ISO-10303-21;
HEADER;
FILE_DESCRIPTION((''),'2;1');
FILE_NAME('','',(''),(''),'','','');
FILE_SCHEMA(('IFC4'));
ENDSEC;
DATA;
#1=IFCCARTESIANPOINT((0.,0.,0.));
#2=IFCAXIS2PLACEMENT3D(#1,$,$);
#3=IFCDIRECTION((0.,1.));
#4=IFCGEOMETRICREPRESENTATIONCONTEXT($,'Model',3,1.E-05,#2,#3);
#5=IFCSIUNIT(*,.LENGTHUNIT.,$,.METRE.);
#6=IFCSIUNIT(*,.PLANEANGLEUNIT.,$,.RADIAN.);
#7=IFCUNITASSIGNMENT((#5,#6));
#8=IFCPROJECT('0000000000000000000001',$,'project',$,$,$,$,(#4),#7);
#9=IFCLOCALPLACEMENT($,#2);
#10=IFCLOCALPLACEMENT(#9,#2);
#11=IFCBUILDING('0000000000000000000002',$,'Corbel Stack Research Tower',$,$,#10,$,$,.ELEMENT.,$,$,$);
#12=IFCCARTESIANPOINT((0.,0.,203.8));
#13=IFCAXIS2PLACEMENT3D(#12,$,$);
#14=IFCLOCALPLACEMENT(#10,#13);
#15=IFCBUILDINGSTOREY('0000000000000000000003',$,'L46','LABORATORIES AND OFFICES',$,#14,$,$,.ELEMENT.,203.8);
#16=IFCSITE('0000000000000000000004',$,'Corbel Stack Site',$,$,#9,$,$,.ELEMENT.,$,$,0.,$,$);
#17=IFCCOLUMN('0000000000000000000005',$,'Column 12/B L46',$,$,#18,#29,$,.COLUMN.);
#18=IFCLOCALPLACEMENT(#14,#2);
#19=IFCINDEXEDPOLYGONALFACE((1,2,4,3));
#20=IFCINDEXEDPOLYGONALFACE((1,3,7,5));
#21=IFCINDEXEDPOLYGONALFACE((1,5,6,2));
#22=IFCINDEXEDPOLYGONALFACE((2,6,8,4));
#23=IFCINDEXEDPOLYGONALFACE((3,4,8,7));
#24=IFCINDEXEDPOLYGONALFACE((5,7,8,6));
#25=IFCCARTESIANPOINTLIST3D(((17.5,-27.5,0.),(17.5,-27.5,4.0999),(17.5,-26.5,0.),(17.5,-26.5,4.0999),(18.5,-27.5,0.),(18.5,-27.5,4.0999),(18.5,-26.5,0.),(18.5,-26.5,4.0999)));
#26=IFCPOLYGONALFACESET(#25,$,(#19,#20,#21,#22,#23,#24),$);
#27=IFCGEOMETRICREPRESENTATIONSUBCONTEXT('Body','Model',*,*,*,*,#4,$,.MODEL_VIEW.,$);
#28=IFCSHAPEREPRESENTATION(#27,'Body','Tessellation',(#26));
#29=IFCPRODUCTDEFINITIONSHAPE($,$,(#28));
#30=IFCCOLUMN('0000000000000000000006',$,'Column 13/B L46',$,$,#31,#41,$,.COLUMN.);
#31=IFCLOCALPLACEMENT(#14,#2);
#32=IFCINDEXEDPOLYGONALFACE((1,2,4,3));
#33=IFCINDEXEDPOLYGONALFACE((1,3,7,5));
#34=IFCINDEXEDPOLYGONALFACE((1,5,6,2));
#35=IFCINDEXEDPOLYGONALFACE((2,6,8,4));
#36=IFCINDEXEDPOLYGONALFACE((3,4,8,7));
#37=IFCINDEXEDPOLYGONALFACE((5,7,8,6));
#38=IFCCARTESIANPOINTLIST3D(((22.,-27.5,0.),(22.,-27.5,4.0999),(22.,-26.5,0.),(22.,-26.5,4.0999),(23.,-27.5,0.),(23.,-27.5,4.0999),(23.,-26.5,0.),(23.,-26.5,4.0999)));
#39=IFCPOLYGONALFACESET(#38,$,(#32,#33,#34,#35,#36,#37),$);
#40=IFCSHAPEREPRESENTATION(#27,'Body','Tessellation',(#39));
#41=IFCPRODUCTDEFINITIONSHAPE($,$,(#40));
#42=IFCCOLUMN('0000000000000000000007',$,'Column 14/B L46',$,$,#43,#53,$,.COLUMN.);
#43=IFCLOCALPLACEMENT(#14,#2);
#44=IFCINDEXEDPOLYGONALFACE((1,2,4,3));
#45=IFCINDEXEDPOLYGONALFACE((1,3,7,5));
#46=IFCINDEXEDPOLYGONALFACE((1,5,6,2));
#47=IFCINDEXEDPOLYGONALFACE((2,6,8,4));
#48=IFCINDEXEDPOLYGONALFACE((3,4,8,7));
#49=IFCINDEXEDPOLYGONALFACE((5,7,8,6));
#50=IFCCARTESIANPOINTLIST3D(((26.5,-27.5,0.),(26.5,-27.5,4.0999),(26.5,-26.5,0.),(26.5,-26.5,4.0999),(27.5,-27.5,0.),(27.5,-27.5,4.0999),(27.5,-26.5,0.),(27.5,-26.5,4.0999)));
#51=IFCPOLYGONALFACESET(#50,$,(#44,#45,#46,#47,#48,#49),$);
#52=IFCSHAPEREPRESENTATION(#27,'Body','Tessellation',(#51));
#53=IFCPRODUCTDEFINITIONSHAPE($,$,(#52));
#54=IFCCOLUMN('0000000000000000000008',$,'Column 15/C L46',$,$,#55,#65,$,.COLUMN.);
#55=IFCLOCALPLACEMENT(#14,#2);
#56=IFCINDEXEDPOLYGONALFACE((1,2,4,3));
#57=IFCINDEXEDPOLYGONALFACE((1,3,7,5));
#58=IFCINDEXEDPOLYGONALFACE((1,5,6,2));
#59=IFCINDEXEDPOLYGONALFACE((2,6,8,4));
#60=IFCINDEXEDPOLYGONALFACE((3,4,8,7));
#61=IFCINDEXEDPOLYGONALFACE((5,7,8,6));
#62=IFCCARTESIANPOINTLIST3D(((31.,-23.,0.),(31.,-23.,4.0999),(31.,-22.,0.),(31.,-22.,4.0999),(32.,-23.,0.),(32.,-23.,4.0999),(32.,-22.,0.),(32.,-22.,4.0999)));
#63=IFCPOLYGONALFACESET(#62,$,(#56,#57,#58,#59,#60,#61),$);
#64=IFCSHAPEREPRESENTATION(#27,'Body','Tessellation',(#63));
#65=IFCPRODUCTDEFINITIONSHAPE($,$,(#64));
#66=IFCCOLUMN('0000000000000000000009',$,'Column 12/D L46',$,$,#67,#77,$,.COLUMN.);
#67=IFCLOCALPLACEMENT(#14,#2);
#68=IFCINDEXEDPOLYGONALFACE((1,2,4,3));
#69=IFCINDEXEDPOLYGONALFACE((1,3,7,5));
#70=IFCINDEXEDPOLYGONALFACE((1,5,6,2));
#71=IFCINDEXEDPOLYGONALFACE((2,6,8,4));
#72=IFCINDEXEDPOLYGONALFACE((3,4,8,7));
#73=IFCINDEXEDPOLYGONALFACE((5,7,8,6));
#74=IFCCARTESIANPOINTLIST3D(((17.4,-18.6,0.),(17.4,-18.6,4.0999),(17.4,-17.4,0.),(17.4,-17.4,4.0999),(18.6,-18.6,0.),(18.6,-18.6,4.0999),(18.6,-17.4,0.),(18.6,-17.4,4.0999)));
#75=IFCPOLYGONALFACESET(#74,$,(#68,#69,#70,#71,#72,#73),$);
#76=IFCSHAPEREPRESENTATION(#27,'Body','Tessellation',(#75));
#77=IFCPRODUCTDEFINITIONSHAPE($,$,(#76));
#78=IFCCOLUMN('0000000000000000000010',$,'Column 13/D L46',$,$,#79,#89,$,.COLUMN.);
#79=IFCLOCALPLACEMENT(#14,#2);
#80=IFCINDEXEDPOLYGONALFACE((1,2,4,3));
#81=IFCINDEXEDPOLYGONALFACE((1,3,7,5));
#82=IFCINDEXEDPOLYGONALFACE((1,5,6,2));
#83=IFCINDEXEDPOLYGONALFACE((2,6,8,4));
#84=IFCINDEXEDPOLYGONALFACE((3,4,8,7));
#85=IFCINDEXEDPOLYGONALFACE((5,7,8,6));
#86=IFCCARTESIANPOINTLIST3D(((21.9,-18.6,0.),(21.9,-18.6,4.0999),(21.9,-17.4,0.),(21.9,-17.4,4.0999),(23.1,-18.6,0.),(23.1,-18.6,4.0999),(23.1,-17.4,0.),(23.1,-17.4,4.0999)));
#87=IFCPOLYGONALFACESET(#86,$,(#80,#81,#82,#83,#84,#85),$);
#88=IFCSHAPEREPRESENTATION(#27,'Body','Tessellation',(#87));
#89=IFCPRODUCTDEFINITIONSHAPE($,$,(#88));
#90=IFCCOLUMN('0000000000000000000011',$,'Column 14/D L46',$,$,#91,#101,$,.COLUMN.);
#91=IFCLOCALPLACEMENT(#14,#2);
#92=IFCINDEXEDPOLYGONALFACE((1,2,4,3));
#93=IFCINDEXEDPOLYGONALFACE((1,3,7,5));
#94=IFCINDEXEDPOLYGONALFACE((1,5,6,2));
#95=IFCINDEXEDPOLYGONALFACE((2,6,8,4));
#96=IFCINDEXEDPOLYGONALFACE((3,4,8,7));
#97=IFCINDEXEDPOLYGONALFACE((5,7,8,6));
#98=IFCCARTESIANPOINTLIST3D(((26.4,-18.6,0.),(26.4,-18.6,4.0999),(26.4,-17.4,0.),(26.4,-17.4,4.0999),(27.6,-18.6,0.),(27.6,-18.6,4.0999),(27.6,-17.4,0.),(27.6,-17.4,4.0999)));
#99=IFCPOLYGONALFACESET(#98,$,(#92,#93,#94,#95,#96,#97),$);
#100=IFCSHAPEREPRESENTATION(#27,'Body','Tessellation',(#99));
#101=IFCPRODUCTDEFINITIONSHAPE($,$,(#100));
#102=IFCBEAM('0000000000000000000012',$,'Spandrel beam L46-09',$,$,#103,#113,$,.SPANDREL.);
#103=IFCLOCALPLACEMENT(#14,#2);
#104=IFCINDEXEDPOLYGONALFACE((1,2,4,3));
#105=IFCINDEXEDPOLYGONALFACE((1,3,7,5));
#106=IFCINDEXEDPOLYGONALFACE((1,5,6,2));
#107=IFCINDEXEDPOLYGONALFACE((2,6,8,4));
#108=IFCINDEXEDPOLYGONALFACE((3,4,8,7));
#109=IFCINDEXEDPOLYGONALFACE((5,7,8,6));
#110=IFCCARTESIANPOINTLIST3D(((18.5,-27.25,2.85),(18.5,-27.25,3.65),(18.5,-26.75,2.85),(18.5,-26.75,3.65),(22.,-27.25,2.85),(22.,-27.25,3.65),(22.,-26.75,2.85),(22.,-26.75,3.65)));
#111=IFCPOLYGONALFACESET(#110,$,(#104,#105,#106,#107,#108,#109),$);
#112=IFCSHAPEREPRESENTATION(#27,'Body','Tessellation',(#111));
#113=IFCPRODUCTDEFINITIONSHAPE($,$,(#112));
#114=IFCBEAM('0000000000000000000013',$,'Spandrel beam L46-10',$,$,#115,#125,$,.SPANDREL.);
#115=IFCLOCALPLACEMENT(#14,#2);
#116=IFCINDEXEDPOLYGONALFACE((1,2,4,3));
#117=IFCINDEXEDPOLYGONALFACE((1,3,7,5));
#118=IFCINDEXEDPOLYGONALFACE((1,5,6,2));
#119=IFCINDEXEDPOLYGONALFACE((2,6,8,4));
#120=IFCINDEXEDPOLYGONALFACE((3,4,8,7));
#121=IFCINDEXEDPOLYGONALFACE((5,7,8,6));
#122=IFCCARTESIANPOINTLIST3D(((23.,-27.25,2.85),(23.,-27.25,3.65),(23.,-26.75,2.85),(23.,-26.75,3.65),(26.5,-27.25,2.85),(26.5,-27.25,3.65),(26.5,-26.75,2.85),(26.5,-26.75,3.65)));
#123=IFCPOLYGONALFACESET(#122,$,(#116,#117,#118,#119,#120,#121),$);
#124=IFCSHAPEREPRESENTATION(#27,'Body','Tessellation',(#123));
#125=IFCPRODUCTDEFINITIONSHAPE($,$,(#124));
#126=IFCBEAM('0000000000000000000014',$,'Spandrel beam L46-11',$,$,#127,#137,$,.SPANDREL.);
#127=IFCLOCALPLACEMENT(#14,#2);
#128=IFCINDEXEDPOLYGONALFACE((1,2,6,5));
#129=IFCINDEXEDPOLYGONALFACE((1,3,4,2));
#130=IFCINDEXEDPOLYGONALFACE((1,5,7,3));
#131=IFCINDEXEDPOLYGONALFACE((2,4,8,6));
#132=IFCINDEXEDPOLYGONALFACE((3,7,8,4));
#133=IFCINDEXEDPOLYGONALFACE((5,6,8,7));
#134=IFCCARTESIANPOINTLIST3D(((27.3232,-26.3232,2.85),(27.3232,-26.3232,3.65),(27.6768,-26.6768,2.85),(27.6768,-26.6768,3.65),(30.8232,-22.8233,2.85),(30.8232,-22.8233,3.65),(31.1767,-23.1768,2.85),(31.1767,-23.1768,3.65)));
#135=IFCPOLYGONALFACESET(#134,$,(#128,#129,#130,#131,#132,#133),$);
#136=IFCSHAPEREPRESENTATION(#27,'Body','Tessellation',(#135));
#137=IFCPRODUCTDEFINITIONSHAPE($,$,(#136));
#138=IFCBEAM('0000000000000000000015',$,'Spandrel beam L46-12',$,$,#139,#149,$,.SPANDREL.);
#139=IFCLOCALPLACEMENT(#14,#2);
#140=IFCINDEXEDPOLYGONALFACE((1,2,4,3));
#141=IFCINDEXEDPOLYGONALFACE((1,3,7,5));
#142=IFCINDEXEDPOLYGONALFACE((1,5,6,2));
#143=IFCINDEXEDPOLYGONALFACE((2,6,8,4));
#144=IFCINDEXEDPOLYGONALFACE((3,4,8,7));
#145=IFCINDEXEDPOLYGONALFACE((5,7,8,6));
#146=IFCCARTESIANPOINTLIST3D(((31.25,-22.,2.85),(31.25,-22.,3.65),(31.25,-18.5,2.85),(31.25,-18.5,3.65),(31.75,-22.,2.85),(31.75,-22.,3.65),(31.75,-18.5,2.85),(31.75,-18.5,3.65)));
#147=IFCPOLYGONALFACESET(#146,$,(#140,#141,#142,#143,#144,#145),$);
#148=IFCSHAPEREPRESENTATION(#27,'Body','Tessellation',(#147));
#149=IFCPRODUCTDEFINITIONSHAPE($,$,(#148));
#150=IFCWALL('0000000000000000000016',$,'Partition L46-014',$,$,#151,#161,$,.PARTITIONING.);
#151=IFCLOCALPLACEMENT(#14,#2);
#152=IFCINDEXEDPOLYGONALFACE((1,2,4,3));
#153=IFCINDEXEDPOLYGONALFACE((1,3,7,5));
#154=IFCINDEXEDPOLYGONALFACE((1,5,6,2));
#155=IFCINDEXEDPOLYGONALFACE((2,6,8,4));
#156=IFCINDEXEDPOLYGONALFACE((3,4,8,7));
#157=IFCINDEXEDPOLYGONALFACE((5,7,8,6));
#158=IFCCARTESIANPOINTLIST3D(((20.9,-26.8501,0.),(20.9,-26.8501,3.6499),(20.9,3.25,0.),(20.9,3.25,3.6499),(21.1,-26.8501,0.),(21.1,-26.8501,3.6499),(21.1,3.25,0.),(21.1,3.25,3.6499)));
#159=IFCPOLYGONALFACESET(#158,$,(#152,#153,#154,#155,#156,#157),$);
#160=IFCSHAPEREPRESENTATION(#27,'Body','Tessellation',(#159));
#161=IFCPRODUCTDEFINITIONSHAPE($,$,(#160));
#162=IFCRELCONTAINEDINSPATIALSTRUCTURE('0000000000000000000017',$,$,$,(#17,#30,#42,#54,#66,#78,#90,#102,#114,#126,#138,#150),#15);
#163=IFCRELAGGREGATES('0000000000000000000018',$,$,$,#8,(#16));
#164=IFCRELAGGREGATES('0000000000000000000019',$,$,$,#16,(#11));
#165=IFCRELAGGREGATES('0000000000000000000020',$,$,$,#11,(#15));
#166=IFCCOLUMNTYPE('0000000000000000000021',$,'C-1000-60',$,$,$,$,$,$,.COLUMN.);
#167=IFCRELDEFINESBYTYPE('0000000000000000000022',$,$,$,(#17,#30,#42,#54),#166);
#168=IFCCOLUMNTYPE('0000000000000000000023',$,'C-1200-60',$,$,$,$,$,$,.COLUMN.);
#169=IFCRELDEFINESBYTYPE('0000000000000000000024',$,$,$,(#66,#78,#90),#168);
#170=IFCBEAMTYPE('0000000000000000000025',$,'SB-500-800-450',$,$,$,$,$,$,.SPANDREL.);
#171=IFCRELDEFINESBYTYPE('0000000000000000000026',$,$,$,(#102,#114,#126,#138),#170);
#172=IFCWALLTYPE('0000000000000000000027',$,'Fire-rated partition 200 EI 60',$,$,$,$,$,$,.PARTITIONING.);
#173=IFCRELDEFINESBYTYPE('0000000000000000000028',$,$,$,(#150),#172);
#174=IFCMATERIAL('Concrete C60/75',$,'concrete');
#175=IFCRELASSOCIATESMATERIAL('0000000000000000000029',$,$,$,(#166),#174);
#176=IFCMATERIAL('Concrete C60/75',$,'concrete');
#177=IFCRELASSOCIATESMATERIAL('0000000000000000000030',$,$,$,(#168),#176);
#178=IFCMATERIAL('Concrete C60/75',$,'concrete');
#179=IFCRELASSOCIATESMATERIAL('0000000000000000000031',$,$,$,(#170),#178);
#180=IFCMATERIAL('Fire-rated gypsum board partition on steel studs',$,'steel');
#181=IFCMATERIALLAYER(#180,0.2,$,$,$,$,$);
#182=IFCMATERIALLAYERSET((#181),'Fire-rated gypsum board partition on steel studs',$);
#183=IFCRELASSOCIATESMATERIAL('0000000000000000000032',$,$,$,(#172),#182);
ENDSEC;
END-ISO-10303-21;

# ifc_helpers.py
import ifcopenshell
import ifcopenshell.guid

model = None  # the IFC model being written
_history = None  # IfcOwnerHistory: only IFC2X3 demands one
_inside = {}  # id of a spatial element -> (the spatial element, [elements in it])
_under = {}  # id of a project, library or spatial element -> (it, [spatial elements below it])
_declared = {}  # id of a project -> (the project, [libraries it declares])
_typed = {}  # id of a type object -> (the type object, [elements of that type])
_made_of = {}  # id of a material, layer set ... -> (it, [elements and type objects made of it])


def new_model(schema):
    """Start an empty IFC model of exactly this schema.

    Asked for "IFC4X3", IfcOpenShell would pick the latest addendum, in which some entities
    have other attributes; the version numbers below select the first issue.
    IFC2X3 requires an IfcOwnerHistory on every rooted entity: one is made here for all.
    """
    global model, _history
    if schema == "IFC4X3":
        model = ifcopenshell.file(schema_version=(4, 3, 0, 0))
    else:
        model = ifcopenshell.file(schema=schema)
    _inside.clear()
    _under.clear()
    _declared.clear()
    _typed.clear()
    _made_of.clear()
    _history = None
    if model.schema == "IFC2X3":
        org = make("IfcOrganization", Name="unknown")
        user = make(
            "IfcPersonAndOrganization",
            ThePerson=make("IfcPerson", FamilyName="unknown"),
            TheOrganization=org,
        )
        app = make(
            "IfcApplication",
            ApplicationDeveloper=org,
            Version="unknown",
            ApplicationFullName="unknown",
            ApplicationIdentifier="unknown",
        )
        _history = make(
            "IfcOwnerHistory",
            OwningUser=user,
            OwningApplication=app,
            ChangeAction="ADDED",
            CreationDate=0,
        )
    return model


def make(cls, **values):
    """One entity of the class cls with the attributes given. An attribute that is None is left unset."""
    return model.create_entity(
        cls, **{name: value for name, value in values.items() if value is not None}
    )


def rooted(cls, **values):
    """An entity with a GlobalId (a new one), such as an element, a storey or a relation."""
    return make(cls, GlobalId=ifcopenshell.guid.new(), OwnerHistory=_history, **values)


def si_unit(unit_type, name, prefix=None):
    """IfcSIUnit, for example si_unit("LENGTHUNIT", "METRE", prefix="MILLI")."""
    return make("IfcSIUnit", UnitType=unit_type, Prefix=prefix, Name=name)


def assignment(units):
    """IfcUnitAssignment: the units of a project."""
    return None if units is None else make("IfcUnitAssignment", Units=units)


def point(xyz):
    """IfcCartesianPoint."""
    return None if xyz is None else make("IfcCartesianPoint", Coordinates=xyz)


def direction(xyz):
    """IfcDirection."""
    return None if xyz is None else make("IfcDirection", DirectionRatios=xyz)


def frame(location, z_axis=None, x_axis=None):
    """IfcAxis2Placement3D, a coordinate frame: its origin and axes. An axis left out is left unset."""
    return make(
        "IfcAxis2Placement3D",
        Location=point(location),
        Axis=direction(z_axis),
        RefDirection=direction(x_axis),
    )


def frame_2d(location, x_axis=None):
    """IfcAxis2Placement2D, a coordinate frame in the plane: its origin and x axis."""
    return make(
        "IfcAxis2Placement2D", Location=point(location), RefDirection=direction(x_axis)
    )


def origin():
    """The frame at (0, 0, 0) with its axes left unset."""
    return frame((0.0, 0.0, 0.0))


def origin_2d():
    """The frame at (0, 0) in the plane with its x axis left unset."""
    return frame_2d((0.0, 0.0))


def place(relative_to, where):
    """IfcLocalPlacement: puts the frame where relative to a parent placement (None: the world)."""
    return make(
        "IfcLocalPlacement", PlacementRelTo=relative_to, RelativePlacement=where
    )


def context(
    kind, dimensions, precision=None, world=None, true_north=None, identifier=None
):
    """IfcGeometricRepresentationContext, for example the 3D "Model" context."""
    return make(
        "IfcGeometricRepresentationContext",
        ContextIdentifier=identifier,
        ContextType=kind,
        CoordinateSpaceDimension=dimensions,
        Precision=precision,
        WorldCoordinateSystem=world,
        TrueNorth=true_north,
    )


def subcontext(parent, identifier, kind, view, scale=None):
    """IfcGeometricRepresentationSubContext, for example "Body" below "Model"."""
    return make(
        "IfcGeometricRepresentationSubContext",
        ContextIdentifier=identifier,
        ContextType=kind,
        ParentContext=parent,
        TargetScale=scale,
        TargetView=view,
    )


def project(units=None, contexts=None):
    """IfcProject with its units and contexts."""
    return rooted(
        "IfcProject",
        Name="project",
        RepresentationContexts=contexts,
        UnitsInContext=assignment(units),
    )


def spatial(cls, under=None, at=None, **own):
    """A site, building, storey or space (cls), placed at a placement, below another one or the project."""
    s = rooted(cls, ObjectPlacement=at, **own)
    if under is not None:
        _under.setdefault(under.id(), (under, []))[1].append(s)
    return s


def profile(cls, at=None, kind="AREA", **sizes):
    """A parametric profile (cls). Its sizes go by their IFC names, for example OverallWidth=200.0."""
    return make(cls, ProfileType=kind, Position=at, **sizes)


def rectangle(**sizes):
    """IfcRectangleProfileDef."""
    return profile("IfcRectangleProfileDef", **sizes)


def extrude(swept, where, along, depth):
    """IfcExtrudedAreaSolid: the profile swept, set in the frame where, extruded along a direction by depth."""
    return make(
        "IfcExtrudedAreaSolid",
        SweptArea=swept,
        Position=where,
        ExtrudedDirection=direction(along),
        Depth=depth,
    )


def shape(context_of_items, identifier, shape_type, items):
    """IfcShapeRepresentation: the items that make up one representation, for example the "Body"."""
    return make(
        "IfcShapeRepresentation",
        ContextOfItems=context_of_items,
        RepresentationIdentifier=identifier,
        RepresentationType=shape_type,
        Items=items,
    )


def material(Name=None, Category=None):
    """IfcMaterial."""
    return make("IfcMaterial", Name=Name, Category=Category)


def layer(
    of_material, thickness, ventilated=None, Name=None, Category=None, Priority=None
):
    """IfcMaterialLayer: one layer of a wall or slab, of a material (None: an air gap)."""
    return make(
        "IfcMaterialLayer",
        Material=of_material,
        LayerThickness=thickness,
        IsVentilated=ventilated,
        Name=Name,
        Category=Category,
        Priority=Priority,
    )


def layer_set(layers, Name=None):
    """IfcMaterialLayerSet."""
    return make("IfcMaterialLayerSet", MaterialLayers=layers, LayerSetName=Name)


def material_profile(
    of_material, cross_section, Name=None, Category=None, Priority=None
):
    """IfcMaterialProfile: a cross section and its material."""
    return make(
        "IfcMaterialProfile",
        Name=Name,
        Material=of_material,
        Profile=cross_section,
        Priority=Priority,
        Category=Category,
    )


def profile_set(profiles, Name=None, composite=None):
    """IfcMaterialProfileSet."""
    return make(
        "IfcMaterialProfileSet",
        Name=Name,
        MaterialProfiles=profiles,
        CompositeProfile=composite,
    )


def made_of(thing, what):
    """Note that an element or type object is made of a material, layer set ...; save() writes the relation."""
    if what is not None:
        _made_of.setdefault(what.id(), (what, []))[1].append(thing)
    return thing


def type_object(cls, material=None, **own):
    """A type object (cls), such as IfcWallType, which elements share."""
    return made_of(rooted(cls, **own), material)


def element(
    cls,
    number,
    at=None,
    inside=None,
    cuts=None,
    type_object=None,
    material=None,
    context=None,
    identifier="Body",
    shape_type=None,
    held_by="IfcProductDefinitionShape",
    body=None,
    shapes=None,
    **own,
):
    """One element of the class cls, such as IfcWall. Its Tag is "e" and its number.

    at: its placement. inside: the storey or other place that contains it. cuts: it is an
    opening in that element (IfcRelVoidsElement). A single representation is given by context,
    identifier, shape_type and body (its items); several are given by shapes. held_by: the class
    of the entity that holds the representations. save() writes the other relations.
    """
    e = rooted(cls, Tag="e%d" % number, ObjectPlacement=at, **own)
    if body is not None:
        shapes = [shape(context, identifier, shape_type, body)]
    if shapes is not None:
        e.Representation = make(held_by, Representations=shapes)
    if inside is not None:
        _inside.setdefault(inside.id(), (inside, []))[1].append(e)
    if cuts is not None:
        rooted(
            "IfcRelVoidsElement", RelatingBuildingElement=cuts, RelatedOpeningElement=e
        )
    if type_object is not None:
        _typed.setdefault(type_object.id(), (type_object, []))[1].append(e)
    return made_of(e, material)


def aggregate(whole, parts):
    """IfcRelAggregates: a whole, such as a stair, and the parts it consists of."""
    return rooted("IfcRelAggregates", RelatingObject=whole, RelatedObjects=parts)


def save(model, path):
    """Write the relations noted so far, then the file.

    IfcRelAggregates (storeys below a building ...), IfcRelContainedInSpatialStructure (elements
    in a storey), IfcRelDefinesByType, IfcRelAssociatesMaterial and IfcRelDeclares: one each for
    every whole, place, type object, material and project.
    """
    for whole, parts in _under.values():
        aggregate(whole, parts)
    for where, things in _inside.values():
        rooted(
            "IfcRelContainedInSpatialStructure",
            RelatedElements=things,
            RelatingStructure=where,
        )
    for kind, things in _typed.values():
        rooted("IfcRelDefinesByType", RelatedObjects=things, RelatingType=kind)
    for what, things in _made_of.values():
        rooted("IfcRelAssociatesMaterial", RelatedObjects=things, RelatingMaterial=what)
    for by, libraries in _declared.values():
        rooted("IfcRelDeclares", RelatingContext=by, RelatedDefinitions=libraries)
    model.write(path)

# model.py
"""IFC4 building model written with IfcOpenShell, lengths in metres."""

from ifc_helpers import new_model, si_unit, direction, frame, frame_2d, origin, origin_2d, place, context, subcontext, project, spatial, rectangle, extrude, material, layer, layer_set, material_profile, profile_set, type_object, element, save


model = new_model("IFC4")

# Units and contexts
model_context = context("Model", 3, precision=1e-05, world=origin(), true_north=direction((0.0, 1.0)))
body_context = subcontext(model_context, "Body", "Model", "MODEL_VIEW")
ifc_project = project(units=[si_unit("LENGTHUNIT", "METRE"), si_unit("PLANEANGLEUNIT", "RADIAN")], contexts=[model_context])

# Site, building, storey
site_placement = place(None, origin())
site = spatial("IfcSite", under=ifc_project, at=site_placement, Name="Corbel Stack Site", CompositionType="ELEMENT", RefElevation=0.0)
building_placement = place(site_placement, origin())
building = spatial("IfcBuilding", under=site, at=building_placement, Name="Corbel Stack Research Tower", CompositionType="ELEMENT")
storey_placement = place(building_placement, frame((0.0, 0.0, 203.8)))
storey = spatial("IfcBuildingStorey", under=building, at=storey_placement, Name="L46", Description="LABORATORIES AND OFFICES", CompositionType="ELEMENT", Elevation=203.8)

# Columns
ifc_material_1 = material(Name="Concrete C60/75", Category="concrete")
ifc_material_profile_1 = material_profile(ifc_material_1, rectangle(XDim=1.0, YDim=1.0, at=origin_2d()), Name="RC 1000 x 1000")
ifc_profile_set_1 = profile_set([ifc_material_profile_1], Name="Concrete C60/75")
column_type_1 = type_object("IfcColumnType", Name="C-1000-60", PredefinedType="COLUMN", material=ifc_profile_set_1)
for number, where, z_axis, x_axis, name in (
    (1, (18.0, -27.0, 0.0), (0.0, 0.0, 1.0), (1.0, 0.0, 0.0), "Column 12/B L46"),
    (2, (22.5, -27.0, 0.0), (0.0, 0.0, 1.0), (1.0, 0.0, 0.0), "Column 13/B L46"),
    (3, (27.0, -27.0, 0.0), (0.0, 0.0, 1.0), (1.0, 0.0, 0.0), "Column 14/B L46"),
    (4, (31.5, -22.5, 0.0), (0.0, 0.0, 1.0), (1.0, 0.0, 0.0), "Column 15/C L46"),
):
    element("IfcColumn", number, at=place(storey_placement, frame(where, z_axis=z_axis, x_axis=x_axis)), inside=storey, type_object=column_type_1, Name=name, PredefinedType="COLUMN", context=body_context, shape_type="SweptSolid", body=[
        extrude(rectangle(XDim=1.0, YDim=1.0, at=origin_2d()), origin(), (0.0, 0.0, 1.0), 4.0999),
    ])
ifc_material_2 = material(Name="Concrete C60/75", Category="concrete")
ifc_material_profile_2 = material_profile(ifc_material_2, rectangle(XDim=1.2, YDim=1.2, at=origin_2d()), Name="RC 1200 x 1200")
ifc_profile_set_2 = profile_set([ifc_material_profile_2], Name="Concrete C60/75")
column_type_2 = type_object("IfcColumnType", Name="C-1200-60", PredefinedType="COLUMN", material=ifc_profile_set_2)
for number, where, z_axis, x_axis, name in (
    (5, (18.0, -18.0, 0.0), (0.0, 0.0, 1.0), (1.0, 0.0, 0.0), "Column 12/D L46"),
    (6, (22.5, -18.0, 0.0), (0.0, 0.0, 1.0), (1.0, 0.0, 0.0), "Column 13/D L46"),
    (7, (27.0, -18.0, 0.0), (0.0, 0.0, 1.0), (1.0, 0.0, 0.0), "Column 14/D L46"),
):
    element("IfcColumn", number, at=place(storey_placement, frame(where, z_axis=z_axis, x_axis=x_axis)), inside=storey, type_object=column_type_2, Name=name, PredefinedType="COLUMN", context=body_context, shape_type="SweptSolid", body=[
        extrude(rectangle(XDim=1.2, YDim=1.2, at=origin_2d()), origin(), (0.0, 0.0, 1.0), 4.0999),
    ])

# Beams
ifc_material_3 = material(Name="Concrete C60/75", Category="concrete")
ifc_material_profile_3 = material_profile(ifc_material_3, rectangle(XDim=0.5, YDim=0.8, at=origin_2d()), Name="RC 500 x 800")
ifc_profile_set_3 = profile_set([ifc_material_profile_3], Name="Concrete C60/75")
beam_type = type_object("IfcBeamType", Name="SB-500-800-450", PredefinedType="SPANDREL", material=ifc_profile_set_3)
for number, where, z_axis, x_axis, name in (
    (8, (18.5, -27.0, 3.25), (1.0, 0.0, 0.0), (0.0, 1.0, 0.0), "Spandrel beam L46-09"),
    (9, (23.0, -27.0, 3.25), (1.0, 0.0, 0.0), (0.0, 1.0, 0.0), "Spandrel beam L46-10"),
):
    element("IfcBeam", number, at=place(storey_placement, frame(where, z_axis=z_axis, x_axis=x_axis)), inside=storey, type_object=beam_type, Name=name, PredefinedType="SPANDREL", context=body_context, shape_type="SweptSolid", body=[
        extrude(rectangle(XDim=0.5, YDim=0.8, at=origin_2d()), origin(), (0.0, 0.0, 1.0), 3.5),
    ])
beam_1_placement = place(storey_placement, frame((27.5, -26.5, 3.25), z_axis=(0.707107, 0.707107, 0.0), x_axis=(-0.707107, 0.707107, 0.0)))
element("IfcBeam", 10, at=beam_1_placement, inside=storey, type_object=beam_type, Name="Spandrel beam L46-11", PredefinedType="SPANDREL", context=body_context, shape_type="SweptSolid", body=[
    extrude(rectangle(XDim=0.5, YDim=0.8, at=origin_2d()), origin(), (0.0, 0.0, 1.0), 4.9497),
])
beam_2_placement = place(storey_placement, frame((31.5, -22.0, 3.25), z_axis=(0.0, 1.0, 0.0), x_axis=(-1.0, 0.0, 0.0)))
element("IfcBeam", 11, at=beam_2_placement, inside=storey, type_object=beam_type, Name="Spandrel beam L46-12", PredefinedType="SPANDREL", context=body_context, shape_type="SweptSolid", body=[
    extrude(rectangle(XDim=0.5, YDim=0.8, at=origin_2d()), origin(), (0.0, 0.0, 1.0), 3.5),
])

# Wall
ifc_material_4 = material(Name="Fire-rated gypsum board partition on steel studs", Category="steel")
ifc_layer_1 = layer(ifc_material_4, 0.2)
ifc_layer_set_1 = layer_set([ifc_layer_1], Name="Fire-rated gypsum board partition on steel studs")
wall_type_1 = type_object("IfcWallType", Name="Fire-rated partition 200 EI 60", PredefinedType="PARTITIONING", material=ifc_layer_set_1)
wall_1_placement = place(storey_placement, frame((21.0, -26.8501, 0.0), z_axis=(0.0, 0.0, 1.0), x_axis=(0.0, 1.0, 0.0)))
element("IfcWall", 12, at=wall_1_placement, inside=storey, type_object=wall_type_1, Name="Partition L46-014", PredefinedType="PARTITIONING", context=body_context, shape_type="SweptSolid", body=[
    extrude(rectangle(XDim=30.1001, YDim=0.2, at=frame_2d((15.05, 0.0))), origin(), (0.0, 0.0, 1.0), 3.6499),
])

save(model, "model.ifc")
